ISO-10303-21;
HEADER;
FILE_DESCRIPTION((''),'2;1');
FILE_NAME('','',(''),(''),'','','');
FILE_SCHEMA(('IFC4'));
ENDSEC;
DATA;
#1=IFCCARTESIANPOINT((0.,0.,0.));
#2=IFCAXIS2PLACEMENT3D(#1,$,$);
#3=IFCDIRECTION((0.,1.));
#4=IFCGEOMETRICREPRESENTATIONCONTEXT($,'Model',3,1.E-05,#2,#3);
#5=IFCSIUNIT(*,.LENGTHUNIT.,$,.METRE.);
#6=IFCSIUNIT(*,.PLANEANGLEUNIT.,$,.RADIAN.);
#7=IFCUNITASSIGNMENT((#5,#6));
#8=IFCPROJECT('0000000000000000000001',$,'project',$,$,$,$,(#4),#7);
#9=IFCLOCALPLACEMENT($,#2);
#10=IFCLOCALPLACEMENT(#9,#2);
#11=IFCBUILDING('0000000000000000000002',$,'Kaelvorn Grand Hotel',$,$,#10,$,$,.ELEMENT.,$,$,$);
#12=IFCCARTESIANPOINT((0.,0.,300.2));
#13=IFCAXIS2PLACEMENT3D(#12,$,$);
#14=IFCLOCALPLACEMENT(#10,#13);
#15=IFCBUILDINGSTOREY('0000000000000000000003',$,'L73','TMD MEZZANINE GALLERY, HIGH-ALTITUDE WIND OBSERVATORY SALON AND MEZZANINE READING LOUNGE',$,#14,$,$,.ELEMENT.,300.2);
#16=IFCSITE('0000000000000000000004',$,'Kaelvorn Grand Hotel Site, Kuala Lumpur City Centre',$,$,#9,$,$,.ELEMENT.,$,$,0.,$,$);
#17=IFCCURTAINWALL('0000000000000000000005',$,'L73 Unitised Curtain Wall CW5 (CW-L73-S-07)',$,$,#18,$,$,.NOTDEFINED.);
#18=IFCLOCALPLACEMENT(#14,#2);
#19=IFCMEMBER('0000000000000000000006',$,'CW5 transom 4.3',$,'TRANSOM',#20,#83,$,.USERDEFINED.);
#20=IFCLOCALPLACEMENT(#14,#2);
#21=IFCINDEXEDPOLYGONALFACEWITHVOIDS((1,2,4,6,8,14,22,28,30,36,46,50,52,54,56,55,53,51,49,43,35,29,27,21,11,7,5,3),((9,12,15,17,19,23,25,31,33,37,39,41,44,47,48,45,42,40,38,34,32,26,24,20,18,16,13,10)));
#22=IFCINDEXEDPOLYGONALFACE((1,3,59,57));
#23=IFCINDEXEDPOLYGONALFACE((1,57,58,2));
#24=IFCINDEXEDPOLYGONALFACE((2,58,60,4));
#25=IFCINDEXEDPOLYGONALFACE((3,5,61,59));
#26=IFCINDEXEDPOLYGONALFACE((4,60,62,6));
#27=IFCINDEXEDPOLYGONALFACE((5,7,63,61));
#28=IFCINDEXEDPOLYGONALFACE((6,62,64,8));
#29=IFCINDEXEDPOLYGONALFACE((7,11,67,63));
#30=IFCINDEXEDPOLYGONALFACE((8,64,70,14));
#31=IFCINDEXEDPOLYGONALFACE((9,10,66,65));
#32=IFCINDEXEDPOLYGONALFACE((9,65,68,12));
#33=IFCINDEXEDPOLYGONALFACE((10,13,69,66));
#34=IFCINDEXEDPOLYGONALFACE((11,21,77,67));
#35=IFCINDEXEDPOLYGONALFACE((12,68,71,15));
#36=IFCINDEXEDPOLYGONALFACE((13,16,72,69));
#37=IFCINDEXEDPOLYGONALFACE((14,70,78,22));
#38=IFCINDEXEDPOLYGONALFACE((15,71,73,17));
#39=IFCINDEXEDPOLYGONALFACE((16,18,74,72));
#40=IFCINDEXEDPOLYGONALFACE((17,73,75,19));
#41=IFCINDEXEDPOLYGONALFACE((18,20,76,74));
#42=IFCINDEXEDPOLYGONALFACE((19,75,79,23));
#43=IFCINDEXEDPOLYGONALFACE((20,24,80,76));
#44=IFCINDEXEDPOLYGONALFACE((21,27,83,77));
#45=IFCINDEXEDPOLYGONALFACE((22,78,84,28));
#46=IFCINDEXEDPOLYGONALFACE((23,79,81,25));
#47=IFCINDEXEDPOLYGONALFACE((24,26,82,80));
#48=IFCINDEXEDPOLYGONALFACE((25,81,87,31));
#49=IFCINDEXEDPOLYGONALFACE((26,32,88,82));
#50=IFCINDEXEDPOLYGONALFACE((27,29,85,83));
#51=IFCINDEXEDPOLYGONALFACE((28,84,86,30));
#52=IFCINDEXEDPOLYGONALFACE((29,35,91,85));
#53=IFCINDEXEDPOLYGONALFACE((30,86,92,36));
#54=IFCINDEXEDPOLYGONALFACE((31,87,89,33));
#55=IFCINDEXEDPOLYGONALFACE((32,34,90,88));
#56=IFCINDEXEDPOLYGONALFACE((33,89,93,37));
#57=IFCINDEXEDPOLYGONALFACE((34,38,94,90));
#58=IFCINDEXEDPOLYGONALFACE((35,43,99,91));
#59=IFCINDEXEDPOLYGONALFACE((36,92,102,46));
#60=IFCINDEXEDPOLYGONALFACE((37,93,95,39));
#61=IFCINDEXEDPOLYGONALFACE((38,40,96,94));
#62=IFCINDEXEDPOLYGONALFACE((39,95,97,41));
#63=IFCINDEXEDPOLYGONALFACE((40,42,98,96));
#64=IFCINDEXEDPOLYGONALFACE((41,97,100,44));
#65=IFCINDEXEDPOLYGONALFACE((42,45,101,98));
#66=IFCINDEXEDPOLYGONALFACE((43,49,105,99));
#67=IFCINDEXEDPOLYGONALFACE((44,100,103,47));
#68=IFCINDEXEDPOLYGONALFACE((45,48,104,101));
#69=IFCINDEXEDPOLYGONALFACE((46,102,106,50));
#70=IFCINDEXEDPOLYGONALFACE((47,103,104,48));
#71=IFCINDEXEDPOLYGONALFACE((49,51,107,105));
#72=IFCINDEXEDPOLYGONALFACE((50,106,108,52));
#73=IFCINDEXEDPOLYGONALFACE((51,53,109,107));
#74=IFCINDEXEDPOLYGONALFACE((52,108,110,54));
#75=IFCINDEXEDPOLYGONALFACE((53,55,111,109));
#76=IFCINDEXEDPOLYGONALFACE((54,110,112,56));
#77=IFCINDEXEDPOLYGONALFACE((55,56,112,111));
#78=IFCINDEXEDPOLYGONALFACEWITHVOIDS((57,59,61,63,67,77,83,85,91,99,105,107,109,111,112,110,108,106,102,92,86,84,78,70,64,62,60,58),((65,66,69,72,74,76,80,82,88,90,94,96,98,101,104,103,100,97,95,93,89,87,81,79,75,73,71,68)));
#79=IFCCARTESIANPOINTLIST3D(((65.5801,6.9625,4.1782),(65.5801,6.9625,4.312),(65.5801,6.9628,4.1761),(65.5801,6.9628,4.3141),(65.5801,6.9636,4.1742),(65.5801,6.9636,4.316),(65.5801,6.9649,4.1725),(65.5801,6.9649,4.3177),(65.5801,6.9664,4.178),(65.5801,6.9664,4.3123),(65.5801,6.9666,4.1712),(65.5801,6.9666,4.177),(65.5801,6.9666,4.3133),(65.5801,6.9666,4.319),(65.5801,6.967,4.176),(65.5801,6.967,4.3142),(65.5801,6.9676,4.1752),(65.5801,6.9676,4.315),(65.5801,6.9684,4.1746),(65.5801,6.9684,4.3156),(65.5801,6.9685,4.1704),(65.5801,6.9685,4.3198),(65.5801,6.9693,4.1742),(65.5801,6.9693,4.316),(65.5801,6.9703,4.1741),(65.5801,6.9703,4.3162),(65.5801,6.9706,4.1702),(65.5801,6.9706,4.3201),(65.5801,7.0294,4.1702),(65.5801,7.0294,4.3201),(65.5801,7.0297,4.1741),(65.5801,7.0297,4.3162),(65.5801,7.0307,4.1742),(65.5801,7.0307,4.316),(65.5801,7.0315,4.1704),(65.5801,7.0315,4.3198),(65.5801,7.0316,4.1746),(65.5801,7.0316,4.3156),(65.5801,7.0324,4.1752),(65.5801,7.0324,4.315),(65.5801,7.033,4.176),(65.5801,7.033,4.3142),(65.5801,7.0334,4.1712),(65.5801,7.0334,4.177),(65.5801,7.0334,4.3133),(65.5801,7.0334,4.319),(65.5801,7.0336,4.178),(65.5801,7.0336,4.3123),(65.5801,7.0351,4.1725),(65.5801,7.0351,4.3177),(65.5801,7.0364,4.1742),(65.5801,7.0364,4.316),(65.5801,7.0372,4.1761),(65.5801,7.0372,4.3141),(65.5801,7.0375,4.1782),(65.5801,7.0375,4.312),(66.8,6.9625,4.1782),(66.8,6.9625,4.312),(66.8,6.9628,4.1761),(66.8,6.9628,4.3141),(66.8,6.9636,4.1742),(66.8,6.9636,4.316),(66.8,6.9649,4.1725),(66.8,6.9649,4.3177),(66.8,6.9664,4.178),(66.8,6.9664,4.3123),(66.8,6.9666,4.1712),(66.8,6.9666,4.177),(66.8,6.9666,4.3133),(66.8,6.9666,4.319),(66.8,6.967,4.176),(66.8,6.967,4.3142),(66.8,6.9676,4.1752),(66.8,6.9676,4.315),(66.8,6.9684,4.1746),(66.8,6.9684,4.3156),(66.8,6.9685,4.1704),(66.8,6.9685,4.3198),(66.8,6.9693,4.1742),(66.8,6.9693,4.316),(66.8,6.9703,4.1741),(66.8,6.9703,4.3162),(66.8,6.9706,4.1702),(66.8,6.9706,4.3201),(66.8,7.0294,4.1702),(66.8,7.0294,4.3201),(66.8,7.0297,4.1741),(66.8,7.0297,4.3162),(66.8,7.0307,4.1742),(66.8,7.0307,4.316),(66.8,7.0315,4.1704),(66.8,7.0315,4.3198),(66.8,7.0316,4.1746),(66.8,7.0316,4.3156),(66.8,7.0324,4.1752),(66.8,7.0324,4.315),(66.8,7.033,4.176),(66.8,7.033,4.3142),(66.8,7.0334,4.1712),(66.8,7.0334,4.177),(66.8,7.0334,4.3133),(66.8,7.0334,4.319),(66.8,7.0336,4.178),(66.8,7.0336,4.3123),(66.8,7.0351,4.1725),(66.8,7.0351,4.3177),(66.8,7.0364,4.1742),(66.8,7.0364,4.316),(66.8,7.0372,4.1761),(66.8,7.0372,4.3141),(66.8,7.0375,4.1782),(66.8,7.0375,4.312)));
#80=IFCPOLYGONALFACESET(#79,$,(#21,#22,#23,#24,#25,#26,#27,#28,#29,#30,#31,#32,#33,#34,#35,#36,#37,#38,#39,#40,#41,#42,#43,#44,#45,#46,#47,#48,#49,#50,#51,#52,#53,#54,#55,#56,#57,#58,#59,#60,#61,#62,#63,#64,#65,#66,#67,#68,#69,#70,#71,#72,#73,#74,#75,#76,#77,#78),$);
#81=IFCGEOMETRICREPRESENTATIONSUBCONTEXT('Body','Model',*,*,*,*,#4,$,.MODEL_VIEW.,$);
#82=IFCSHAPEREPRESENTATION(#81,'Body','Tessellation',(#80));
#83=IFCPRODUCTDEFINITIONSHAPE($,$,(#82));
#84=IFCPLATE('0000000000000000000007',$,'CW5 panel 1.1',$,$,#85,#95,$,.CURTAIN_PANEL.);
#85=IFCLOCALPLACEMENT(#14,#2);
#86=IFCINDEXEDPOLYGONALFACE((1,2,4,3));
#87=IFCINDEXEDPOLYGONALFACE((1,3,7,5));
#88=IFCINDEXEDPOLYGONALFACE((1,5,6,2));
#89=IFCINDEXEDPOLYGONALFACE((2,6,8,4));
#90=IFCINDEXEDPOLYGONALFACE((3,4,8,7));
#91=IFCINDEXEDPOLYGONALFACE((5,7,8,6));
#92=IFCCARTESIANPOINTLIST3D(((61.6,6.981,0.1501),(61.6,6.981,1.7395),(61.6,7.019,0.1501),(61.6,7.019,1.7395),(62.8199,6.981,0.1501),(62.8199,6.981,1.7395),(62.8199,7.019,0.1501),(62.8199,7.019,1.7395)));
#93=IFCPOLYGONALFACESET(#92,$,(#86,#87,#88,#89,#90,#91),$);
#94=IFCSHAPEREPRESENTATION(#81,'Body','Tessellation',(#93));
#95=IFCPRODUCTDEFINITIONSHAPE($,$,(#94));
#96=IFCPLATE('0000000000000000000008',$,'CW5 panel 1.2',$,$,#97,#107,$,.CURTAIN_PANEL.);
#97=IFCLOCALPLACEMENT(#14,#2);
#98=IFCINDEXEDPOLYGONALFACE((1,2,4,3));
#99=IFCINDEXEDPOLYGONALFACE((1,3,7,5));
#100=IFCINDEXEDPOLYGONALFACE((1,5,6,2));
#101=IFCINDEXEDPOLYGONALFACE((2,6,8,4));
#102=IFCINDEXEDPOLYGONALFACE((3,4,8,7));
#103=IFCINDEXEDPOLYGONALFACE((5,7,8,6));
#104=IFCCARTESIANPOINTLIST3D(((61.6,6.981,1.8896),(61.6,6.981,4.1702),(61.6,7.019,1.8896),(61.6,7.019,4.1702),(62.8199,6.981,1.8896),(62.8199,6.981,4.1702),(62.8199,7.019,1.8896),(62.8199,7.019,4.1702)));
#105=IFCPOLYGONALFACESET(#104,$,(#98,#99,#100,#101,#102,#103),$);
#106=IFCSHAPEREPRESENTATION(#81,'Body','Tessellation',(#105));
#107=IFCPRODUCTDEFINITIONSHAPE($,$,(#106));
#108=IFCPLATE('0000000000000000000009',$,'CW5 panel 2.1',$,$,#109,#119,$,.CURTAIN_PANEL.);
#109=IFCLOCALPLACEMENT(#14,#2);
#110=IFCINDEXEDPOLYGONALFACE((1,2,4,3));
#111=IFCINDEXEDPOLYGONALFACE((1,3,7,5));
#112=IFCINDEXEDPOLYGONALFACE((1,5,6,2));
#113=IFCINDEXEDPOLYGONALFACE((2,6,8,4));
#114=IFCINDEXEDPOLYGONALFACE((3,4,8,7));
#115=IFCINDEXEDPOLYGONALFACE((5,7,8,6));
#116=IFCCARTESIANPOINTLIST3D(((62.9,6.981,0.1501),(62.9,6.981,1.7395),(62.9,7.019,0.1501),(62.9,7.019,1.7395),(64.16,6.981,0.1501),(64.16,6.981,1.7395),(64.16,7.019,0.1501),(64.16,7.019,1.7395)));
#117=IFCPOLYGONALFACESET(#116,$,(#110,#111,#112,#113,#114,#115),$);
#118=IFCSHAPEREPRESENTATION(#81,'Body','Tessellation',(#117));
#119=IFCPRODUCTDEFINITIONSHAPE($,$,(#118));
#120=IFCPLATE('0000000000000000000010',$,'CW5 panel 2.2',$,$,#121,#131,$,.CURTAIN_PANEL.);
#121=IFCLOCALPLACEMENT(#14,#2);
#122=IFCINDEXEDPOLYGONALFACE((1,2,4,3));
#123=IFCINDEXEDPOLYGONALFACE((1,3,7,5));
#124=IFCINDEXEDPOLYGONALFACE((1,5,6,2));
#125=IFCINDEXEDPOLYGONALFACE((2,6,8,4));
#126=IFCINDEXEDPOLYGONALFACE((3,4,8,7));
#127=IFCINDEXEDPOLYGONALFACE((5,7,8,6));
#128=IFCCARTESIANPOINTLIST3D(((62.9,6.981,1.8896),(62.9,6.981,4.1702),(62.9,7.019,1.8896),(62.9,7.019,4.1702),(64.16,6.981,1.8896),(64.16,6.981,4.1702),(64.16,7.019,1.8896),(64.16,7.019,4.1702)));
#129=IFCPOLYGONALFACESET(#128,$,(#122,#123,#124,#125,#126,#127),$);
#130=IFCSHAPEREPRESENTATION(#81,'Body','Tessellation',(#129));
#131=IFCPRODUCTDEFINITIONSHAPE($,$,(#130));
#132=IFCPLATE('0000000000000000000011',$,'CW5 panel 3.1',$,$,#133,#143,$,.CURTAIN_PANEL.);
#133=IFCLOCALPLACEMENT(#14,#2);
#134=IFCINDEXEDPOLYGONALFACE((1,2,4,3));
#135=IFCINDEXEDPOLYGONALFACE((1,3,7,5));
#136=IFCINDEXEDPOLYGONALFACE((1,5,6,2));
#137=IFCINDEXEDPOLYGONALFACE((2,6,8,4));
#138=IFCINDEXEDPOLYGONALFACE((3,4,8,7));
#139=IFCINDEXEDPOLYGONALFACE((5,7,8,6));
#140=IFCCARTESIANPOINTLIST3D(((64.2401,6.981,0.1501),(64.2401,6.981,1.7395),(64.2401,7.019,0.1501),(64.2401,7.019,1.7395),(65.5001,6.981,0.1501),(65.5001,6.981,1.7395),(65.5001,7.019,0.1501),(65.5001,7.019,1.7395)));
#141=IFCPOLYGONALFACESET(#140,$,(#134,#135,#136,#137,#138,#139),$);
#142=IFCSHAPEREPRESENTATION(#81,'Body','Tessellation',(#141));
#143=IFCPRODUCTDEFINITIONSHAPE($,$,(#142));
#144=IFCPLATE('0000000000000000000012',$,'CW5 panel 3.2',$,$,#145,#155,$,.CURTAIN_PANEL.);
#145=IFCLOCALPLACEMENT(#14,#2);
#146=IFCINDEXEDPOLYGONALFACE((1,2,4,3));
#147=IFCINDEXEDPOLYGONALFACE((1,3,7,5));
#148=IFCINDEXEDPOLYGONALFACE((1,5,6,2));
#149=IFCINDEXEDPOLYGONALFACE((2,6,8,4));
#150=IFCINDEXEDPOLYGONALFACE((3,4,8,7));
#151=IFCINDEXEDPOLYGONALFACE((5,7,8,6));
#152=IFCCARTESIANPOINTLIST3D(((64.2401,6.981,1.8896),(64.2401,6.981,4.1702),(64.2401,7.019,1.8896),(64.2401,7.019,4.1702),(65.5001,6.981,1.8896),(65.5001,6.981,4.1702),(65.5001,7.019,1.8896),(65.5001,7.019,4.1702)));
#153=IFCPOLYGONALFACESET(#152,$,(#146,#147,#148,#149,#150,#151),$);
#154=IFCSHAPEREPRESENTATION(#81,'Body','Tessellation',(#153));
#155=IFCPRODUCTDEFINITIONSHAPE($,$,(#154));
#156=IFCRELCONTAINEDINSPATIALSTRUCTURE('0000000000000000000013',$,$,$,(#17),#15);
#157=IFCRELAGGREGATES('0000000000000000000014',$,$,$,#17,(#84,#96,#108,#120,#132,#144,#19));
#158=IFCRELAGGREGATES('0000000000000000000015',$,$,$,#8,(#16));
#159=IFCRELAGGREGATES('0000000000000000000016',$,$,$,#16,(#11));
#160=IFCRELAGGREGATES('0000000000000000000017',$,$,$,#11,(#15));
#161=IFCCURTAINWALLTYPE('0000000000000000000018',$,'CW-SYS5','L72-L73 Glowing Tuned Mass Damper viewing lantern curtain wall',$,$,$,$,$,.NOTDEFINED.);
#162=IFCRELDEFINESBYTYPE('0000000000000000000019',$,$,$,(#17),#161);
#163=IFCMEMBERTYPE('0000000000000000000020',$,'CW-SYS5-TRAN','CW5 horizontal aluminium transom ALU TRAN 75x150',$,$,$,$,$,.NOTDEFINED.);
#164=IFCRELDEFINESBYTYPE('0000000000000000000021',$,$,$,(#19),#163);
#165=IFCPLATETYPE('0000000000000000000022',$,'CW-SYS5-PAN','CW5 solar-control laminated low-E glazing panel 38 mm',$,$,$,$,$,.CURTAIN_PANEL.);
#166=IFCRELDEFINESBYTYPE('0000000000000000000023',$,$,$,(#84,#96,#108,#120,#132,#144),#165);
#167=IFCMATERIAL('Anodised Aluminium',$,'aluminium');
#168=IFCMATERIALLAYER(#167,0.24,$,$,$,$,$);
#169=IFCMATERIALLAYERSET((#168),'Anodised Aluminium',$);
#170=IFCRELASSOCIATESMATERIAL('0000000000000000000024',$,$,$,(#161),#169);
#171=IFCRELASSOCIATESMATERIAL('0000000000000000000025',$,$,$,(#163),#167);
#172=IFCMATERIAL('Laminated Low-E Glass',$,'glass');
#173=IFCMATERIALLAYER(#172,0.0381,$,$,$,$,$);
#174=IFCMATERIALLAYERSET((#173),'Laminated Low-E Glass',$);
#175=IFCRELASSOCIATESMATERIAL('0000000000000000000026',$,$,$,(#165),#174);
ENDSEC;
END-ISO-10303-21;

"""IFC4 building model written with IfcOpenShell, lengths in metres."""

from ifc_helpers import new_model, si_unit, direction, frame, origin, origin_2d, place, context, subcontext, project, spatial, rectangle, hollow_rectangle, extrude, material, layer, layer_set, material_profile, profile_set, type_object, element, aggregate, save


model = new_model("IFC4")

# Units and contexts
model_context = context("Model", 3, precision=1e-05, world=origin(), true_north=direction((0.0, 1.0)))
body_context = subcontext(model_context, "Body", "Model", "MODEL_VIEW")
ifc_project = project(units=[si_unit("LENGTHUNIT", "METRE"), si_unit("PLANEANGLEUNIT", "RADIAN")], contexts=[model_context])

# Site, building, storey
site_placement = place(None, origin())
site = spatial("IfcSite", under=ifc_project, at=site_placement, Name="Kaelvorn Grand Hotel Site, Kuala Lumpur City Centre", CompositionType="ELEMENT", RefElevation=0.0)
building_placement = place(site_placement, origin())
building = spatial("IfcBuilding", under=site, at=building_placement, Name="Kaelvorn Grand Hotel", CompositionType="ELEMENT")
storey_placement = place(building_placement, frame((0.0, 0.0, 300.2)))
storey = spatial("IfcBuildingStorey", under=building, at=storey_placement, Name="L73", Description="TMD MEZZANINE GALLERY, HIGH-ALTITUDE WIND OBSERVATORY SALON AND MEZZANINE READING LOUNGE", CompositionType="ELEMENT", Elevation=300.2)

# Curtain wall, member, plates
ifc_material_1 = material(Name="Anodised Aluminium", Category="aluminium")
ifc_layer_1 = layer(ifc_material_1, 0.24)
ifc_layer_set_1 = layer_set([ifc_layer_1], Name="Anodised Aluminium")
curtain_wall_type = type_object("IfcCurtainWallType", Name="CW-SYS5", Description="L72-L73 Glowing Tuned Mass Damper viewing lantern curtain wall", PredefinedType="NOTDEFINED", material=ifc_layer_set_1)
curtain_wall_placement = place(storey_placement, origin())
curtain_wall = element("IfcCurtainWall", 1, at=curtain_wall_placement, inside=storey, type_object=curtain_wall_type, Name="L73 Unitised Curtain Wall CW5 (CW-L73-S-07)", PredefinedType="NOTDEFINED")
ifc_material_profile_1 = material_profile(ifc_material_1, hollow_rectangle(XDim=0.075, YDim=0.1499, WallThickness=0.0039, InnerFilletRadius=0.0039, OuterFilletRadius=0.0081, at=origin_2d()), Name="ALU TRAN 75x150")
ifc_profile_set_1 = profile_set([ifc_material_profile_1], Name="Anodised Aluminium")
member_type_1 = type_object("IfcMemberType", Name="CW-SYS5-TRAN", Description="CW5 horizontal aluminium transom ALU TRAN 75x150", PredefinedType="NOTDEFINED", material=ifc_profile_set_1)
member_1_placement = place(storey_placement, frame((65.5801, 7.0, 4.2451), z_axis=(1.0, 0.0, 0.0), x_axis=(0.0, 1.0, 0.0)))
member_1 = element("IfcMember", 2, at=member_1_placement, type_object=member_type_1, Name="CW5 transom 4.3", ObjectType="TRANSOM", PredefinedType="USERDEFINED", context=body_context, shape_type="SweptSolid", body=[
    extrude(hollow_rectangle(XDim=0.075, YDim=0.1499, WallThickness=0.0039, InnerFilletRadius=0.0039, OuterFilletRadius=0.0081, at=origin_2d()), origin(), (0.0, 0.0, 1.0), 1.22),
])
ifc_material_2 = material(Name="Laminated Low-E Glass", Category="glass")
ifc_layer_2 = layer(ifc_material_2, 0.0381)
ifc_layer_set_2 = layer_set([ifc_layer_2], Name="Laminated Low-E Glass")
plate_type = type_object("IfcPlateType", Name="CW-SYS5-PAN", Description="CW5 solar-control laminated low-E glazing panel 38 mm", PredefinedType="CURTAIN_PANEL", material=ifc_layer_set_2)
plate_1_placement = place(storey_placement, frame((62.21, 7.0, 0.1501), z_axis=(0.0, 0.0, 1.0), x_axis=(1.0, 0.0, 0.0)))
plate_1 = element("IfcPlate", 3, at=plate_1_placement, type_object=plate_type, Name="CW5 panel 1.1", PredefinedType="CURTAIN_PANEL", context=body_context, shape_type="SweptSolid", body=[
    extrude(rectangle(XDim=1.22, YDim=0.0381, at=origin_2d()), origin(), (0.0, 0.0, 1.0), 1.5894),
])
plate_2_placement = place(storey_placement, frame((62.21, 7.0, 1.8896), z_axis=(0.0, 0.0, 1.0), x_axis=(1.0, 0.0, 0.0)))
plate_2 = element("IfcPlate", 4, at=plate_2_placement, type_object=plate_type, Name="CW5 panel 1.2", PredefinedType="CURTAIN_PANEL", context=body_context, shape_type="SweptSolid", body=[
    extrude(rectangle(XDim=1.22, YDim=0.0381, at=origin_2d()), origin(), (0.0, 0.0, 1.0), 2.2805),
])
plate_3_placement = place(storey_placement, frame((63.53, 7.0, 0.1501), z_axis=(0.0, 0.0, 1.0), x_axis=(1.0, 0.0, 0.0)))
plate_3 = element("IfcPlate", 5, at=plate_3_placement, type_object=plate_type, Name="CW5 panel 2.1", PredefinedType="CURTAIN_PANEL", context=body_context, shape_type="SweptSolid", body=[
    extrude(rectangle(XDim=1.26, YDim=0.0381, at=origin_2d()), origin(), (0.0, 0.0, 1.0), 1.5894),
])
plate_4_placement = place(storey_placement, frame((63.53, 7.0, 1.8896), z_axis=(0.0, 0.0, 1.0), x_axis=(1.0, 0.0, 0.0)))
plate_4 = element("IfcPlate", 6, at=plate_4_placement, type_object=plate_type, Name="CW5 panel 2.2", PredefinedType="CURTAIN_PANEL", context=body_context, shape_type="SweptSolid", body=[
    extrude(rectangle(XDim=1.26, YDim=0.0381, at=origin_2d()), origin(), (0.0, 0.0, 1.0), 2.2805),
])
plate_5_placement = place(storey_placement, frame((64.8701, 7.0, 0.1501), z_axis=(0.0, 0.0, 1.0), x_axis=(1.0, 0.0, 0.0)))
plate_5 = element("IfcPlate", 7, at=plate_5_placement, type_object=plate_type, Name="CW5 panel 3.1", PredefinedType="CURTAIN_PANEL", context=body_context, shape_type="SweptSolid", body=[
    extrude(rectangle(XDim=1.26, YDim=0.0381, at=origin_2d()), origin(), (0.0, 0.0, 1.0), 1.5894),
])
plate_6_placement = place(storey_placement, frame((64.8701, 7.0, 1.8896), z_axis=(0.0, 0.0, 1.0), x_axis=(1.0, 0.0, 0.0)))
plate_6 = element("IfcPlate", 8, at=plate_6_placement, type_object=plate_type, Name="CW5 panel 3.2", PredefinedType="CURTAIN_PANEL", context=body_context, shape_type="SweptSolid", body=[
    extrude(rectangle(XDim=1.26, YDim=0.0381, at=origin_2d()), origin(), (0.0, 0.0, 1.0), 2.2805),
])
aggregate(curtain_wall, [plate_1, plate_2, plate_3, plate_4, plate_5, plate_6, member_1])

save(model, "model.ifc")
